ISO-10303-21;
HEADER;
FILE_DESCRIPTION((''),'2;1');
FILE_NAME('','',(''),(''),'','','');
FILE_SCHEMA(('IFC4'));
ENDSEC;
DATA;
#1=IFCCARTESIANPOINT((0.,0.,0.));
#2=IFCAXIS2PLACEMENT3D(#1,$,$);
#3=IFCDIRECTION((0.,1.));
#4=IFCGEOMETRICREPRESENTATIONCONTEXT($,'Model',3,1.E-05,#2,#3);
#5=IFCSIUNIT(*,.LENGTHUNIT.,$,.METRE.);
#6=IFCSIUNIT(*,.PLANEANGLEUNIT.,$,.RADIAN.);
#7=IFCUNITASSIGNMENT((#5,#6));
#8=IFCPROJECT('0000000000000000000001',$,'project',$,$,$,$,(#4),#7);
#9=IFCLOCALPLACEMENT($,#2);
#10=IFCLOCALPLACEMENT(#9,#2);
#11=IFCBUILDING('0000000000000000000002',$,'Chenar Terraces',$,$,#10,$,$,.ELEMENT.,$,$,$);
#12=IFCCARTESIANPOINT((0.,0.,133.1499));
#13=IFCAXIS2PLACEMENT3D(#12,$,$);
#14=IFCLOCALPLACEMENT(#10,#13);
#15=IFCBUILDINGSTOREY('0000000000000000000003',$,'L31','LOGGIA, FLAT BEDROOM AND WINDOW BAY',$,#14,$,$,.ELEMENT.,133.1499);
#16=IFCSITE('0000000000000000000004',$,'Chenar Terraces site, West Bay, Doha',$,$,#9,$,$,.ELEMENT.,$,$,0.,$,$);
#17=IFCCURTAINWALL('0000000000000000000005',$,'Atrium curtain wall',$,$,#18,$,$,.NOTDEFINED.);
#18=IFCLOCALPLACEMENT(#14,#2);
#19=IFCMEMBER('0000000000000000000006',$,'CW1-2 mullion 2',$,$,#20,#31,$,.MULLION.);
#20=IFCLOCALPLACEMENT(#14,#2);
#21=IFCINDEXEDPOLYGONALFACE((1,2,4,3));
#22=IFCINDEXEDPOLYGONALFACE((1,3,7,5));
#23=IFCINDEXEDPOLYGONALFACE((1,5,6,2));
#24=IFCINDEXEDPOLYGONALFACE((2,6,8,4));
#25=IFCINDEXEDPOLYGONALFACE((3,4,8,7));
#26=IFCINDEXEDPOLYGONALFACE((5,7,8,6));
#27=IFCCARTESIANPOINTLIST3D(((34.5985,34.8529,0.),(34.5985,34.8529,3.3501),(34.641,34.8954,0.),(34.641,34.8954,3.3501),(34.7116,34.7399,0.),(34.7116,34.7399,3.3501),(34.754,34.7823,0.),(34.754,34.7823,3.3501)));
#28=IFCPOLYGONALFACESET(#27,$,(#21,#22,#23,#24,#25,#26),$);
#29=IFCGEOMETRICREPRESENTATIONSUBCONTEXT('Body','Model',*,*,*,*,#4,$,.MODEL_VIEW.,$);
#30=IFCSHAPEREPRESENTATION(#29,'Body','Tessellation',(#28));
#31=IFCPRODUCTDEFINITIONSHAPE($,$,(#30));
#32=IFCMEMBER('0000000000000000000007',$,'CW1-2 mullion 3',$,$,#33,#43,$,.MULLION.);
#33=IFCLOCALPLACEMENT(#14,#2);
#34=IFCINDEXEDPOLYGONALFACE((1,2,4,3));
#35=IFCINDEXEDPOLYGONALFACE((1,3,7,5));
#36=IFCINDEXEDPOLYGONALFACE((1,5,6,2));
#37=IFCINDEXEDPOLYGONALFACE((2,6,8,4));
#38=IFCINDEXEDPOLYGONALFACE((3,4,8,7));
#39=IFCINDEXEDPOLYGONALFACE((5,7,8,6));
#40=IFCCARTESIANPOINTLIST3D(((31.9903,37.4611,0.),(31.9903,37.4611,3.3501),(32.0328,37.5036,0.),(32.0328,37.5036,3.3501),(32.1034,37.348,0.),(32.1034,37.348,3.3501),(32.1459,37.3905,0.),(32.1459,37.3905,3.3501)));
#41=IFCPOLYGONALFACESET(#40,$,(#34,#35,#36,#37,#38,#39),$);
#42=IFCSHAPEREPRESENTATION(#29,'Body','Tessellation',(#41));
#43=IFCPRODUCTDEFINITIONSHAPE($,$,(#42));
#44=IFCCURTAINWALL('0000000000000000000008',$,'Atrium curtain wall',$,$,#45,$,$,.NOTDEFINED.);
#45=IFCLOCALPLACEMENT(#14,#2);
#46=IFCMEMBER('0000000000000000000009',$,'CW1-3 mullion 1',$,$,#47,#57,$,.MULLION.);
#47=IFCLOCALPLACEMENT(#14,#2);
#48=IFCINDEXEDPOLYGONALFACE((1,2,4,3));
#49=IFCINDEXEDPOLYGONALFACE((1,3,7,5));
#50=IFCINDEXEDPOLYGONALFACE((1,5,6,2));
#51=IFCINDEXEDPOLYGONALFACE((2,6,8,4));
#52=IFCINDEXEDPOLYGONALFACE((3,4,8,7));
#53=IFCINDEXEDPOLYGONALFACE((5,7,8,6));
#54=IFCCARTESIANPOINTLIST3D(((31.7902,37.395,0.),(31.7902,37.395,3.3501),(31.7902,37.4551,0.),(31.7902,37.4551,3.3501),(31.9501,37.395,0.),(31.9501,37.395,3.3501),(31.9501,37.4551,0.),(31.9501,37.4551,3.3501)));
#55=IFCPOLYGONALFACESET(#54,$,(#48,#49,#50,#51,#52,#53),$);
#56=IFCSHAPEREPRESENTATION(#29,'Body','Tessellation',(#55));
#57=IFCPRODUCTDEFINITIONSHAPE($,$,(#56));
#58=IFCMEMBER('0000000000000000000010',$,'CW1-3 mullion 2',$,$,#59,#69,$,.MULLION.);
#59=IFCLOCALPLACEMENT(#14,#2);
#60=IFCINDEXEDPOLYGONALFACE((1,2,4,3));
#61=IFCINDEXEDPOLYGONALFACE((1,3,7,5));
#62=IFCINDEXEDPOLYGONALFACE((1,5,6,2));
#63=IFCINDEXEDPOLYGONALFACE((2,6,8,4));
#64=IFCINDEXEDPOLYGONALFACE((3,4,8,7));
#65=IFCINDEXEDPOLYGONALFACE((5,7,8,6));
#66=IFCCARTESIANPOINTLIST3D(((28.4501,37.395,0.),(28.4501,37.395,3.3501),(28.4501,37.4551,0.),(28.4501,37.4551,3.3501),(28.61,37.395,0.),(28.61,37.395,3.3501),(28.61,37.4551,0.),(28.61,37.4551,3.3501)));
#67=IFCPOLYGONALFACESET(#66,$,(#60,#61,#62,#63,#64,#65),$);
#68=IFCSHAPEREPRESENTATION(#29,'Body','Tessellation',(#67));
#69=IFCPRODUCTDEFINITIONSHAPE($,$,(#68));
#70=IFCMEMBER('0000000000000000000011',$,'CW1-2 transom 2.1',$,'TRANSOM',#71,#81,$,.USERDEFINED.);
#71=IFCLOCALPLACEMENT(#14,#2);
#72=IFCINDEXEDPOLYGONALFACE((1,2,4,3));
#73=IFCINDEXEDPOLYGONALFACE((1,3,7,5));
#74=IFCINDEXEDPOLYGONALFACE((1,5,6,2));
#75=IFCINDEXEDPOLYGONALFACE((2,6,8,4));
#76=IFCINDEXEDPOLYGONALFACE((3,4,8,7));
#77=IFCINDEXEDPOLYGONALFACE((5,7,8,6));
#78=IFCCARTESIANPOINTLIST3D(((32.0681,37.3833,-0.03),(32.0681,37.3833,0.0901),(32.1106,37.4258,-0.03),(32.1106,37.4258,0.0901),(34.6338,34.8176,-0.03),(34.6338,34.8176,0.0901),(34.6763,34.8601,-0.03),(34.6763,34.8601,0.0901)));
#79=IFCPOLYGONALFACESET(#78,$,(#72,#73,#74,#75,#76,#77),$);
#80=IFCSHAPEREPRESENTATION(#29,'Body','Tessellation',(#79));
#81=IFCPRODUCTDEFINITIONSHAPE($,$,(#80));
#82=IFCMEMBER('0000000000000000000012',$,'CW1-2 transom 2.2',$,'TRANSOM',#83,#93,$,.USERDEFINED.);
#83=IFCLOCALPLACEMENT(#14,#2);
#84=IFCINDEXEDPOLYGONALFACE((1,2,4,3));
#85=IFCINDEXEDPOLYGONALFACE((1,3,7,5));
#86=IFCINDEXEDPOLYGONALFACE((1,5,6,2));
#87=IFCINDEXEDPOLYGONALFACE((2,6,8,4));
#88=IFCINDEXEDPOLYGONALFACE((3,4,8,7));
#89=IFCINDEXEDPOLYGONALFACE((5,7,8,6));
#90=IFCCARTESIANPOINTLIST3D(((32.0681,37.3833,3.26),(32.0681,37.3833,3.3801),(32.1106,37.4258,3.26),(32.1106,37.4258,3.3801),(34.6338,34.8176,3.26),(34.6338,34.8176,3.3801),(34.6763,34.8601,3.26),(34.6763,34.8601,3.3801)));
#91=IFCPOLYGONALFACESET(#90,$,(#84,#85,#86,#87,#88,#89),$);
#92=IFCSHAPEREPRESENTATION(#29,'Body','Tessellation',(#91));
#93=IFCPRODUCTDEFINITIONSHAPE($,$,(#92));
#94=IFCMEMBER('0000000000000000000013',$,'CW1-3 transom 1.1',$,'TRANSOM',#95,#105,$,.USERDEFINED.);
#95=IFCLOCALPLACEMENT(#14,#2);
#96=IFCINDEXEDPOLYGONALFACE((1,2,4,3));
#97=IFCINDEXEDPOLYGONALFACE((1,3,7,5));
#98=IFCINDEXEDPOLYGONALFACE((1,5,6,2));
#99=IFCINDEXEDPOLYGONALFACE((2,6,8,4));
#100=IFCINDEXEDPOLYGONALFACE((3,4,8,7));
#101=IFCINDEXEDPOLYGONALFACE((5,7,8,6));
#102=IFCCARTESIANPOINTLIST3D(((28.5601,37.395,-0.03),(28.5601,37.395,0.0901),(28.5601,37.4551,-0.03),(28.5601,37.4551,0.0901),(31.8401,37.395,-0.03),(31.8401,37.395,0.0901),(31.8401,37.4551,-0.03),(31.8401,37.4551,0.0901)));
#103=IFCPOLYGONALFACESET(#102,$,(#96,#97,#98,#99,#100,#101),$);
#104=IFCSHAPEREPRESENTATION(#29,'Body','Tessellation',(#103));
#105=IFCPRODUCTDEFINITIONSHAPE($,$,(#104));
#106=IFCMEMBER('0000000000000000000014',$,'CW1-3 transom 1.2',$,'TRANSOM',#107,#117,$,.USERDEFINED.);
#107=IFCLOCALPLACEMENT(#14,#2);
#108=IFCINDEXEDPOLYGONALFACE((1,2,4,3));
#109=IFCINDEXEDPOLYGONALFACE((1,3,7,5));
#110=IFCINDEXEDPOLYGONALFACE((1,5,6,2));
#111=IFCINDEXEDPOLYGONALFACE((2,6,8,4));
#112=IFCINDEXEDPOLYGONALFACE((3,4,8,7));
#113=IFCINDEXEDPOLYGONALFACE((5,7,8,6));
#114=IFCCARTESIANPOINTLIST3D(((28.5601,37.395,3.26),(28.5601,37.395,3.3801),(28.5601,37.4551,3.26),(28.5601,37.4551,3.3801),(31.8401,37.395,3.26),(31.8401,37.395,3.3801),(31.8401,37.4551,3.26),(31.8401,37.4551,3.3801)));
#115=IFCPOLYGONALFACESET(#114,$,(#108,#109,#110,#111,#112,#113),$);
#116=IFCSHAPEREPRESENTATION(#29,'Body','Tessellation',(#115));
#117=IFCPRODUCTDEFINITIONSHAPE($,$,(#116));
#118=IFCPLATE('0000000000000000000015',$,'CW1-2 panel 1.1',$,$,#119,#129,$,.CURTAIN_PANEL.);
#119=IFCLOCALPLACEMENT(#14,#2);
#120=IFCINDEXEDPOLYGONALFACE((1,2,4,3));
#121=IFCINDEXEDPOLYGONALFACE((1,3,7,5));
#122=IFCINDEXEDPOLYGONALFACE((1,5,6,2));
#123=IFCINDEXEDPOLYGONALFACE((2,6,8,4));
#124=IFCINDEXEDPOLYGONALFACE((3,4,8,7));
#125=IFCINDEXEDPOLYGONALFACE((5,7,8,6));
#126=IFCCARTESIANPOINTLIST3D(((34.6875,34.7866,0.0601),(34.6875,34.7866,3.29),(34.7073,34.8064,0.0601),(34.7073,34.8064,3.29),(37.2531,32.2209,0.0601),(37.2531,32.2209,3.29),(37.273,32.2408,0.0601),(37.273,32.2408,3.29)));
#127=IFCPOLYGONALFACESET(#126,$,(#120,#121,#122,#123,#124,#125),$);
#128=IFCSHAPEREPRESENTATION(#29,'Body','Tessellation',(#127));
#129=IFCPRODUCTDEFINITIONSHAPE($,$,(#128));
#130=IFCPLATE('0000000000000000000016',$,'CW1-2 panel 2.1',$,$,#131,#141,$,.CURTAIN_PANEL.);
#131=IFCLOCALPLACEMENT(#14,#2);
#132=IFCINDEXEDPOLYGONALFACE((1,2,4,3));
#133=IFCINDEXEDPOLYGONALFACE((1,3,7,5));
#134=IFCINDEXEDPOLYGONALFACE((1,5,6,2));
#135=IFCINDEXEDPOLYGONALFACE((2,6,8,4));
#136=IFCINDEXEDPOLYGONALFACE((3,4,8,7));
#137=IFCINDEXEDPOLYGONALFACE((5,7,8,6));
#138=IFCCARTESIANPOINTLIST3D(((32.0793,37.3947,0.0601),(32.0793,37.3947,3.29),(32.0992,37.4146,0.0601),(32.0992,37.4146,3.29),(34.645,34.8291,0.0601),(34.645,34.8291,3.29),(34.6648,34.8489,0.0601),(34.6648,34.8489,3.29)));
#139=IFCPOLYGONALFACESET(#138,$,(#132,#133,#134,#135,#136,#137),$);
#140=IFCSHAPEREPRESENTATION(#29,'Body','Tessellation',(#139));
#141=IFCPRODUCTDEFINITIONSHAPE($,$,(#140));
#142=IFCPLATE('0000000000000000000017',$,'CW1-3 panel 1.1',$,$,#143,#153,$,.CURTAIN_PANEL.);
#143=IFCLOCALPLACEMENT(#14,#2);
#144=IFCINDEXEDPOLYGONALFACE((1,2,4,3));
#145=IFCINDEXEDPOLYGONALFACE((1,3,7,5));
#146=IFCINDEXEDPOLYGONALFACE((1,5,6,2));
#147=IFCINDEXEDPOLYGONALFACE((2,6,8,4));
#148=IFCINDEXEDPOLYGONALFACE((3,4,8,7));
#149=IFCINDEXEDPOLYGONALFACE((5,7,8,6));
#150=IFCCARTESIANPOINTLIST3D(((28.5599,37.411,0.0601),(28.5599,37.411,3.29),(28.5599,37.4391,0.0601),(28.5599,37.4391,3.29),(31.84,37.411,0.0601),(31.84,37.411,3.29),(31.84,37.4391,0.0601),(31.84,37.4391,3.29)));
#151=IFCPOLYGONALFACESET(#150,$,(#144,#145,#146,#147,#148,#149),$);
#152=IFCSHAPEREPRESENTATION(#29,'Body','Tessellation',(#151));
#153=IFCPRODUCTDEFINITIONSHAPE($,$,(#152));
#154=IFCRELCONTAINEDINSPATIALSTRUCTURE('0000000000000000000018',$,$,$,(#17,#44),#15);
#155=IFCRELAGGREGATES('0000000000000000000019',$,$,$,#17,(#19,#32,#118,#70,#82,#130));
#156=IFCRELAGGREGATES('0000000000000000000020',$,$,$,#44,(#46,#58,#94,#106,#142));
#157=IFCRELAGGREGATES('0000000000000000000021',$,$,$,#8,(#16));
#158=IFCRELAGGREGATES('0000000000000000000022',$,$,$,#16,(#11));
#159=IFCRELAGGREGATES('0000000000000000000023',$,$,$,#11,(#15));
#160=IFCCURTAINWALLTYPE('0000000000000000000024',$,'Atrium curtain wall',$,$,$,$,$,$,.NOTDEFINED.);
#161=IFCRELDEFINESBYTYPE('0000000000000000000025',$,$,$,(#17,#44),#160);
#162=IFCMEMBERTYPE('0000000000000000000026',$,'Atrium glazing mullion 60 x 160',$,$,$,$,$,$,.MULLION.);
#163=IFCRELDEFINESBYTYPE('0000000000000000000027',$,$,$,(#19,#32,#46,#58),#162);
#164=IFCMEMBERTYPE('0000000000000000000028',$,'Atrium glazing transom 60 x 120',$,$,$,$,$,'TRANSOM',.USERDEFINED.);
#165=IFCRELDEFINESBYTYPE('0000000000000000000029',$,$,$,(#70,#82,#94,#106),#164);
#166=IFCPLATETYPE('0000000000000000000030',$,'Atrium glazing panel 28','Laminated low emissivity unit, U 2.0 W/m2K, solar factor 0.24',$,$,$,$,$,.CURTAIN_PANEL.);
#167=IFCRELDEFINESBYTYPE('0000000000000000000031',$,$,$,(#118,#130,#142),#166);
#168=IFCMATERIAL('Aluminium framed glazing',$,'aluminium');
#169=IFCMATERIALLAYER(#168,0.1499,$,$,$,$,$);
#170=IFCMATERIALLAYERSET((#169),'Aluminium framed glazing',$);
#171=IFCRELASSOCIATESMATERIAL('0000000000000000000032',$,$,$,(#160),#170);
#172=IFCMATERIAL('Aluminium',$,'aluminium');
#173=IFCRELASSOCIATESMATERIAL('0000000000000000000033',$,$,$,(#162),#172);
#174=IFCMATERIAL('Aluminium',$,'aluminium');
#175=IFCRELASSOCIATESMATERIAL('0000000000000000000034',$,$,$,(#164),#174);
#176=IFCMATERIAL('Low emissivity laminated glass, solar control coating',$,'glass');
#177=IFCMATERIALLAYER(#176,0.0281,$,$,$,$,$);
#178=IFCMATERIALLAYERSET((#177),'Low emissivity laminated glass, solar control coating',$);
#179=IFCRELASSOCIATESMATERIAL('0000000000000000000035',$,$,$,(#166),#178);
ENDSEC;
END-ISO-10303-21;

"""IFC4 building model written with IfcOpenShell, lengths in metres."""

from ifc_helpers import new_model, si_unit, direction, frame, origin, origin_2d, place, context, subcontext, project, spatial, rectangle, extrude, material, layer, layer_set, material_profile, profile_set, type_object, element, aggregate, save


model = new_model("IFC4")

# Units and contexts
model_context = context("Model", 3, precision=1e-05, world=origin(), true_north=direction((0.0, 1.0)))
body_context = subcontext(model_context, "Body", "Model", "MODEL_VIEW")
ifc_project = project(units=[si_unit("LENGTHUNIT", "METRE"), si_unit("PLANEANGLEUNIT", "RADIAN")], contexts=[model_context])

# Site, building, storey
site_placement = place(None, origin())
site = spatial("IfcSite", under=ifc_project, at=site_placement, Name="Chenar Terraces site, West Bay, Doha", CompositionType="ELEMENT", RefElevation=0.0)
building_placement = place(site_placement, origin())
building = spatial("IfcBuilding", under=site, at=building_placement, Name="Chenar Terraces", CompositionType="ELEMENT")
storey_placement = place(building_placement, frame((0.0, 0.0, 133.1499)))
storey = spatial("IfcBuildingStorey", under=building, at=storey_placement, Name="L31", Description="LOGGIA, FLAT BEDROOM AND WINDOW BAY", CompositionType="ELEMENT", Elevation=133.1499)

# Curtain walls, members
ifc_material_1 = material(Name="Aluminium framed glazing", Category="aluminium")
ifc_layer_1 = layer(ifc_material_1, 0.1499)
ifc_layer_set_1 = layer_set([ifc_layer_1], Name="Aluminium framed glazing")
curtain_wall_type = type_object("IfcCurtainWallType", Name="Atrium curtain wall", PredefinedType="NOTDEFINED", material=ifc_layer_set_1)
placement = place(storey_placement, origin())
curtain_wall_1 = element("IfcCurtainWall", 1, at=placement, inside=storey, type_object=curtain_wall_type, Name="Atrium curtain wall", PredefinedType="NOTDEFINED")
ifc_material_2 = material(Name="Aluminium", Category="aluminium")
ifc_material_profile_1 = material_profile(ifc_material_2, rectangle(XDim=0.0601, YDim=0.1599, at=origin_2d()), Name="Atrium glazing mullion 60 x 160")
ifc_profile_set_1 = profile_set([ifc_material_profile_1], Name="Aluminium")
member_type_1 = type_object("IfcMemberType", Name="Atrium glazing mullion 60 x 160", PredefinedType="MULLION", material=ifc_profile_set_1)
member_1_placement = place(storey_placement, frame((34.6763, 34.8176, 0.0), z_axis=(0.0, 0.0, 1.0), x_axis=(-0.707107, -0.707107, 0.0)))
member_1 = element("IfcMember", 2, at=member_1_placement, type_object=member_type_1, Name="CW1-2 mullion 2", PredefinedType="MULLION", context=body_context, shape_type="SweptSolid", body=[
    extrude(rectangle(XDim=0.0601, YDim=0.1599, at=origin_2d()), origin(), (0.0, 0.0, 1.0), 3.3501),
])
member_2_placement = place(storey_placement, frame((32.0681, 37.4258, 0.0), z_axis=(0.0, 0.0, 1.0), x_axis=(-0.707107, -0.707107, 0.0)))
member_2 = element("IfcMember", 3, at=member_2_placement, type_object=member_type_1, Name="CW1-2 mullion 3", PredefinedType="MULLION", context=body_context, shape_type="SweptSolid", body=[
    extrude(rectangle(XDim=0.0601, YDim=0.1599, at=origin_2d()), origin(), (0.0, 0.0, 1.0), 3.3501),
])
curtain_wall_2 = element("IfcCurtainWall", 4, at=placement, inside=storey, type_object=curtain_wall_type, Name="Atrium curtain wall", PredefinedType="NOTDEFINED")
member_3_placement = place(storey_placement, frame((31.8701, 37.425, 0.0), z_axis=(0.0, 0.0, 1.0), x_axis=(0.0, -1.0, 0.0)))
member_3 = element("IfcMember", 5, at=member_3_placement, type_object=member_type_1, Name="CW1-3 mullion 1", PredefinedType="MULLION", context=body_context, shape_type="SweptSolid", body=[
    extrude(rectangle(XDim=0.0601, YDim=0.1599, at=origin_2d()), origin(), (0.0, 0.0, 1.0), 3.3501),
])
member_4_placement = place(storey_placement, frame((28.53, 37.425, 0.0), z_axis=(0.0, 0.0, 1.0), x_axis=(0.0, -1.0, 0.0)))
member_4 = element("IfcMember", 6, at=member_4_placement, type_object=member_type_1, Name="CW1-3 mullion 2", PredefinedType="MULLION", context=body_context, shape_type="SweptSolid", body=[
    extrude(rectangle(XDim=0.0601, YDim=0.1599, at=origin_2d()), origin(), (0.0, 0.0, 1.0), 3.3501),
])

# Members
ifc_material_3 = material(Name="Aluminium", Category="aluminium")
ifc_material_profile_2 = material_profile(ifc_material_3, rectangle(XDim=0.0601, YDim=0.1201, at=origin_2d()), Name="Atrium glazing transom 60 x 120")
ifc_profile_set_2 = profile_set([ifc_material_profile_2], Name="Aluminium")
member_type_2 = type_object("IfcMemberType", Name="Atrium glazing transom 60 x 120", ElementType="TRANSOM", PredefinedType="USERDEFINED", material=ifc_profile_set_2)
member_5_placement = place(storey_placement, frame((34.655, 34.8389, 0.03), z_axis=(-0.707107, 0.707107, 0.0), x_axis=(-0.707107, -0.707107, 0.0)))
member_5 = element("IfcMember", 7, at=member_5_placement, type_object=member_type_2, Name="CW1-2 transom 2.1", ObjectType="TRANSOM", PredefinedType="USERDEFINED", context=body_context, shape_type="SweptSolid", body=[
    extrude(rectangle(XDim=0.0601, YDim=0.1201, at=origin_2d()), origin(), (0.0, 0.0, 1.0), 3.6284),
])
member_6_placement = place(storey_placement, frame((34.655, 34.8389, 3.3201), z_axis=(-0.707107, 0.707107, 0.0), x_axis=(-0.707107, -0.707107, 0.0)))
member_6 = element("IfcMember", 8, at=member_6_placement, type_object=member_type_2, Name="CW1-2 transom 2.2", ObjectType="TRANSOM", PredefinedType="USERDEFINED", context=body_context, shape_type="SweptSolid", body=[
    extrude(rectangle(XDim=0.0601, YDim=0.1201, at=origin_2d()), origin(), (0.0, 0.0, 1.0), 3.6284),
])
member_7_placement = place(storey_placement, frame((31.8401, 37.425, 0.03), z_axis=(-1.0, 0.0, 0.0), x_axis=(0.0, -1.0, 0.0)))
member_7 = element("IfcMember", 9, at=member_7_placement, type_object=member_type_2, Name="CW1-3 transom 1.1", ObjectType="TRANSOM", PredefinedType="USERDEFINED", context=body_context, shape_type="SweptSolid", body=[
    extrude(rectangle(XDim=0.0601, YDim=0.1201, at=origin_2d()), origin(), (0.0, 0.0, 1.0), 3.28),
])
member_8_placement = place(storey_placement, frame((31.8401, 37.425, 3.3201), z_axis=(-1.0, 0.0, 0.0), x_axis=(0.0, -1.0, 0.0)))
member_8 = element("IfcMember", 10, at=member_8_placement, type_object=member_type_2, Name="CW1-3 transom 1.2", ObjectType="TRANSOM", PredefinedType="USERDEFINED", context=body_context, shape_type="SweptSolid", body=[
    extrude(rectangle(XDim=0.0601, YDim=0.1201, at=origin_2d()), origin(), (0.0, 0.0, 1.0), 3.28),
])

# Plates
ifc_material_4 = material(Name="Low emissivity laminated glass, solar control coating", Category="glass")
ifc_layer_2 = layer(ifc_material_4, 0.0281)
ifc_layer_set_2 = layer_set([ifc_layer_2], Name="Low emissivity laminated glass, solar control coating")
plate_type = type_object("IfcPlateType", Name="Atrium glazing panel 28", Description="Laminated low emissivity unit, U 2.0 W/m2K, solar factor 0.24", PredefinedType="CURTAIN_PANEL", material=ifc_layer_set_2)
plate_1_placement = place(storey_placement, frame((35.9802, 33.5137, 0.0601), z_axis=(0.0, 0.0, 1.0), x_axis=(-0.707107, 0.707107, 0.0)))
plate_1 = element("IfcPlate", 11, at=plate_1_placement, type_object=plate_type, Name="CW1-2 panel 1.1", PredefinedType="CURTAIN_PANEL", context=body_context, shape_type="SweptSolid", body=[
    extrude(rectangle(XDim=3.6284, YDim=0.0281, at=origin_2d()), origin(), (0.0, 0.0, 1.0), 3.23),
])
plate_2_placement = place(storey_placement, frame((33.3721, 36.1218, 0.0601), z_axis=(0.0, 0.0, 1.0), x_axis=(-0.707107, 0.707107, 0.0)))
plate_2 = element("IfcPlate", 12, at=plate_2_placement, type_object=plate_type, Name="CW1-2 panel 2.1", PredefinedType="CURTAIN_PANEL", context=body_context, shape_type="SweptSolid", body=[
    extrude(rectangle(XDim=3.6284, YDim=0.0281, at=origin_2d()), origin(), (0.0, 0.0, 1.0), 3.23),
])
aggregate(curtain_wall_1, [member_1, member_2, plate_1, member_5, member_6, plate_2])
plate_3_placement = place(storey_placement, frame((30.2, 37.425, 0.0601), z_axis=(0.0, 0.0, 1.0), x_axis=(-1.0, 0.0, 0.0)))
plate_3 = element("IfcPlate", 13, at=plate_3_placement, type_object=plate_type, Name="CW1-3 panel 1.1", PredefinedType="CURTAIN_PANEL", context=body_context, shape_type="SweptSolid", body=[
    extrude(rectangle(XDim=3.28, YDim=0.0281, at=origin_2d()), origin(), (0.0, 0.0, 1.0), 3.23),
])
aggregate(curtain_wall_2, [member_3, member_4, member_7, member_8, plate_3])

save(model, "model.ifc")
